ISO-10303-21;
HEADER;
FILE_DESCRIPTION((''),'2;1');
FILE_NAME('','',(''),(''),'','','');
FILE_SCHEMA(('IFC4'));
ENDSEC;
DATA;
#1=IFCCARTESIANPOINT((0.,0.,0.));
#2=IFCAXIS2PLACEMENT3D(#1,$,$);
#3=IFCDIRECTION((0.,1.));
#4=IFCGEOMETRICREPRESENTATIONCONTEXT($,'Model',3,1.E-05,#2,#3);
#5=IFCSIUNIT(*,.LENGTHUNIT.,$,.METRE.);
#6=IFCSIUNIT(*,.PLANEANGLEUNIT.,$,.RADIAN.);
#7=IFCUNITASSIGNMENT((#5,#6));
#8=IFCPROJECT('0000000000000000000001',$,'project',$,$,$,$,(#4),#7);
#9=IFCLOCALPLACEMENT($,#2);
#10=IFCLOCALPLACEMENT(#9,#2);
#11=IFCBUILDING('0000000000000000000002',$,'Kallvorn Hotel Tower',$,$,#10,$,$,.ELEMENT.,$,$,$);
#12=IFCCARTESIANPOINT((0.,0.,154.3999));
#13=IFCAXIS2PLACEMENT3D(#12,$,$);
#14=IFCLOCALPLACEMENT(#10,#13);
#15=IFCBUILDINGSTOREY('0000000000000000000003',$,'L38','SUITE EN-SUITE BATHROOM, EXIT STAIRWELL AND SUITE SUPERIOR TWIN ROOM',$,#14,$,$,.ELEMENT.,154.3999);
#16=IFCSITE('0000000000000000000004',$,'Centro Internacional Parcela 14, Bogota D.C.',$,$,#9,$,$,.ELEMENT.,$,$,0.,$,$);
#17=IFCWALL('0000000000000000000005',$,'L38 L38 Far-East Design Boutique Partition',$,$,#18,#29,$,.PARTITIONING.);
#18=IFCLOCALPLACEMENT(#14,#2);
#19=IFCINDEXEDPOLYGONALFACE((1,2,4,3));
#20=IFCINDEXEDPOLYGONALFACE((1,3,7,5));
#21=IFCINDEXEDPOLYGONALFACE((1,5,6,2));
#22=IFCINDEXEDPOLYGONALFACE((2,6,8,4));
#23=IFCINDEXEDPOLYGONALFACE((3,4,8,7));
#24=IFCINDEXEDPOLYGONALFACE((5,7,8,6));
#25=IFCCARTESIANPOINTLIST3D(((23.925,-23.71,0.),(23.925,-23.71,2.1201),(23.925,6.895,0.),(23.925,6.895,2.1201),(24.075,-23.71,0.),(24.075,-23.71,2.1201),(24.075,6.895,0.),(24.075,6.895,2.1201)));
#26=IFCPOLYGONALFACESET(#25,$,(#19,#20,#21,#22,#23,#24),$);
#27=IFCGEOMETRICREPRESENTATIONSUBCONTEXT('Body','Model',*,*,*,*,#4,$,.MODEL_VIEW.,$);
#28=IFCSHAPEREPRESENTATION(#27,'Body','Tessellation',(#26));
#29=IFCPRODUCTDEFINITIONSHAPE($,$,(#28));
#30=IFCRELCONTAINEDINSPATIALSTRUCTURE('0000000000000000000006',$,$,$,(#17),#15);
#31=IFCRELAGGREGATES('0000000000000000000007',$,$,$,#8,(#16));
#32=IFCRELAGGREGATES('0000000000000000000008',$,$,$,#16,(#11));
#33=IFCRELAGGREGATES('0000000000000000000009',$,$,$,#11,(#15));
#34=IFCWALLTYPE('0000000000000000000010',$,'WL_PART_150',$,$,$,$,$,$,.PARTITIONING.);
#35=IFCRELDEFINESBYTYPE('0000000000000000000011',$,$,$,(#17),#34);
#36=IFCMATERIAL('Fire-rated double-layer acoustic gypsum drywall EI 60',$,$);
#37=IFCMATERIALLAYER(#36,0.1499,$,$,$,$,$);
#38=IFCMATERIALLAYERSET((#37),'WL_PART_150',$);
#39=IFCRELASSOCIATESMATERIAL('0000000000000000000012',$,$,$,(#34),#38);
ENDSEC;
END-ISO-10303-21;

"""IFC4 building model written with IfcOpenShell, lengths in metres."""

from ifc_helpers import new_model, si_unit, direction, frame, frame_2d, origin, place, context, subcontext, project, spatial, rectangle, extrude, material, layer, layer_set, type_object, element, save


model = new_model("IFC4")

# Units and contexts
model_context = context("Model", 3, precision=1e-05, world=origin(), true_north=direction((0.0, 1.0)))
body_context = subcontext(model_context, "Body", "Model", "MODEL_VIEW")
ifc_project = project(units=[si_unit("LENGTHUNIT", "METRE"), si_unit("PLANEANGLEUNIT", "RADIAN")], contexts=[model_context])

# Site, building, storey
site_placement = place(None, origin())
site = spatial("IfcSite", under=ifc_project, at=site_placement, Name="Centro Internacional Parcela 14, Bogota D.C.", CompositionType="ELEMENT", RefElevation=0.0)
building_placement = place(site_placement, origin())
building = spatial("IfcBuilding", under=site, at=building_placement, Name="Kallvorn Hotel Tower", CompositionType="ELEMENT")
storey_placement = place(building_placement, frame((0.0, 0.0, 154.3999)))
storey = spatial("IfcBuildingStorey", under=building, at=storey_placement, Name="L38", Description="SUITE EN-SUITE BATHROOM, EXIT STAIRWELL AND SUITE SUPERIOR TWIN ROOM", CompositionType="ELEMENT", Elevation=154.3999)

# Wall
ifc_material_1 = material(Name="Fire-rated double-layer acoustic gypsum drywall EI 60")
ifc_layer_1 = layer(ifc_material_1, 0.1499)
ifc_layer_set_1 = layer_set([ifc_layer_1], Name="WL_PART_150")
wall_type_1 = type_object("IfcWallType", Name="WL_PART_150", PredefinedType="PARTITIONING", material=ifc_layer_set_1)
wall_1_placement = place(storey_placement, frame((24.0, -23.71, 0.0), z_axis=(0.0, 0.0, 1.0), x_axis=(0.0, 1.0, 0.0)))
element("IfcWall", 1, at=wall_1_placement, inside=storey, type_object=wall_type_1, Name="L38 L38 Far-East Design Boutique Partition", PredefinedType="PARTITIONING", context=body_context, shape_type="SweptSolid", body=[
    extrude(rectangle(XDim=30.605, YDim=0.1499, at=frame_2d((15.3025, 0.0))), origin(), (0.0, 0.0, 1.0), 2.1201),
])

save(model, "model.ifc")
